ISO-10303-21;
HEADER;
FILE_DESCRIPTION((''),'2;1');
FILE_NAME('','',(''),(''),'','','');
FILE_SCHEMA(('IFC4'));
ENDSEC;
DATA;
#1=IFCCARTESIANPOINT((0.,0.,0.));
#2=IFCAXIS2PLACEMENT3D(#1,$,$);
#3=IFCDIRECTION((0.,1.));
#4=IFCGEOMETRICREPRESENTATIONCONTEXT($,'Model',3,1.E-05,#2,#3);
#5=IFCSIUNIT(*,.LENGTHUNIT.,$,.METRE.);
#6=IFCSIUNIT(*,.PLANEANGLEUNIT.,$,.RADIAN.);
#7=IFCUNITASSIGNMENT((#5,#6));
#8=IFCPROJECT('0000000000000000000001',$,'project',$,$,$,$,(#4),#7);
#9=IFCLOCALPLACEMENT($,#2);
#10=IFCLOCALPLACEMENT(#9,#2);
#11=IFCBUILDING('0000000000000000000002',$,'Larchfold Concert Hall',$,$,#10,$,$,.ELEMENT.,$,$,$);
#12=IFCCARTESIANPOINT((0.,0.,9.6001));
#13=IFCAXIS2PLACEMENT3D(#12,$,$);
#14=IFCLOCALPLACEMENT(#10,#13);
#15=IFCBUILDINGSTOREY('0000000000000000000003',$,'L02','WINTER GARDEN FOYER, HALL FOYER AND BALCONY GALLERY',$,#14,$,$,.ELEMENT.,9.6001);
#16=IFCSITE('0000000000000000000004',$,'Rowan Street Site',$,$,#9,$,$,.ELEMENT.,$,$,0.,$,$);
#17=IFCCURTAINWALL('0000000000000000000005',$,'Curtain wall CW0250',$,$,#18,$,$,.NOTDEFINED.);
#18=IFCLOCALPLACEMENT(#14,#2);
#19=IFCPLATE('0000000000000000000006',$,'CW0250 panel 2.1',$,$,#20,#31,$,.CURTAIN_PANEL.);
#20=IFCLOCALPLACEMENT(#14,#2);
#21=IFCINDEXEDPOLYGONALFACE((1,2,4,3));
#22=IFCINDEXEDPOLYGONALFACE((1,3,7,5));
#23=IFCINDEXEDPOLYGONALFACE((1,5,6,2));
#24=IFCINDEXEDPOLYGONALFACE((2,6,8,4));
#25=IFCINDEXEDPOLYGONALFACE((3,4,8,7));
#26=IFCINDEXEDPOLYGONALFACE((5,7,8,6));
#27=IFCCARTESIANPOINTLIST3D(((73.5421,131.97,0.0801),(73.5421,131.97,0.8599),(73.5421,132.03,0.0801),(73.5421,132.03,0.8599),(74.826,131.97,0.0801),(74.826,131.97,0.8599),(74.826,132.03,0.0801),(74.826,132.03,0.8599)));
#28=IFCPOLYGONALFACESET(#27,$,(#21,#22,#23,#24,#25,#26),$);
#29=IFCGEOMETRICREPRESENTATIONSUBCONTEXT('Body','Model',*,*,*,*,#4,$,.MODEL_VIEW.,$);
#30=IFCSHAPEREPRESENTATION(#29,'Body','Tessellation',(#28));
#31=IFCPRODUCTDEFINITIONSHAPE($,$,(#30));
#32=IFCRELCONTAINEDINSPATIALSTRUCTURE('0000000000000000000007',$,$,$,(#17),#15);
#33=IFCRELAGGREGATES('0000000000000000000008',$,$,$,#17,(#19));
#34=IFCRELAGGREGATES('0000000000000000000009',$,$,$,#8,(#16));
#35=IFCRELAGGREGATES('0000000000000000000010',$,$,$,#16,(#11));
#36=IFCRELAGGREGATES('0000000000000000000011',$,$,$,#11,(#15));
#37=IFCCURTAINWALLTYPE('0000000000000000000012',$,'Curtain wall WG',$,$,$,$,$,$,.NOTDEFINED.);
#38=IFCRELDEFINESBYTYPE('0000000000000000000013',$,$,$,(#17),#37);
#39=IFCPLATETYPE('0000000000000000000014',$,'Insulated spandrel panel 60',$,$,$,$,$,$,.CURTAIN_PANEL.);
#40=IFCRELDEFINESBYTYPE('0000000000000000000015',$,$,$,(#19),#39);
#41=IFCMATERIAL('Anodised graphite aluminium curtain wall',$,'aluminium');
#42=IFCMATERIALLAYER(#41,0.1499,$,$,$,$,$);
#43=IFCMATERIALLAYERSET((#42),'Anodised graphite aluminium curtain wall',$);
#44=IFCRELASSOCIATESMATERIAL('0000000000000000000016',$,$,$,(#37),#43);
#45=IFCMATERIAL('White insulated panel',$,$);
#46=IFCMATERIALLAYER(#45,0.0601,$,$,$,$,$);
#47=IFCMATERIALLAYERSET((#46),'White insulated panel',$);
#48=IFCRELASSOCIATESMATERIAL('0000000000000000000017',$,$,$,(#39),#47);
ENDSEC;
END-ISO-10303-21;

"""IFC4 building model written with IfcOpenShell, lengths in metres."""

from ifc_helpers import new_model, si_unit, direction, frame, origin, origin_2d, place, context, subcontext, project, spatial, rectangle, extrude, material, layer, layer_set, type_object, element, aggregate, save


model = new_model("IFC4")

# Units and contexts
model_context = context("Model", 3, precision=1e-05, world=origin(), true_north=direction((0.0, 1.0)))
body_context = subcontext(model_context, "Body", "Model", "MODEL_VIEW")
ifc_project = project(units=[si_unit("LENGTHUNIT", "METRE"), si_unit("PLANEANGLEUNIT", "RADIAN")], contexts=[model_context])

# Site, building, storey
site_placement = place(None, origin())
site = spatial("IfcSite", under=ifc_project, at=site_placement, Name="Rowan Street Site", CompositionType="ELEMENT", RefElevation=0.0)
building_placement = place(site_placement, origin())
building = spatial("IfcBuilding", under=site, at=building_placement, Name="Larchfold Concert Hall", CompositionType="ELEMENT")
storey_placement = place(building_placement, frame((0.0, 0.0, 9.6001)))
storey = spatial("IfcBuildingStorey", under=building, at=storey_placement, Name="L02", Description="WINTER GARDEN FOYER, HALL FOYER AND BALCONY GALLERY", CompositionType="ELEMENT", Elevation=9.6001)

# Shared definitions
ifc_material_1 = material(Name="Anodised graphite aluminium curtain wall", Category="aluminium")
ifc_layer_1 = layer(ifc_material_1, 0.1499)
ifc_layer_set_1 = layer_set([ifc_layer_1], Name="Anodised graphite aluminium curtain wall")
curtain_wall_type = type_object("IfcCurtainWallType", Name="Curtain wall WG", PredefinedType="NOTDEFINED", material=ifc_layer_set_1)

# Curtain wall
curtain_wall_1_placement = place(storey_placement, origin())
curtain_wall_1 = element("IfcCurtainWall", 1, at=curtain_wall_1_placement, inside=storey, type_object=curtain_wall_type, Name="Curtain wall CW0250", PredefinedType="NOTDEFINED")

# Plate
ifc_material_2 = material(Name="White insulated panel")
ifc_layer_2 = layer(ifc_material_2, 0.0601)
ifc_layer_set_2 = layer_set([ifc_layer_2], Name="White insulated panel")
plate_type_1 = type_object("IfcPlateType", Name="Insulated spandrel panel 60", PredefinedType="CURTAIN_PANEL", material=ifc_layer_set_2)
plate_1_placement = place(storey_placement, frame((74.1841, 132.0, 0.0801), z_axis=(0.0, 0.0, 1.0), x_axis=(-1.0, 0.0, 0.0)))
plate_1 = element("IfcPlate", 2, at=plate_1_placement, type_object=plate_type_1, Name="CW0250 panel 2.1", PredefinedType="CURTAIN_PANEL", context=body_context, shape_type="SweptSolid", body=[
    extrude(rectangle(XDim=1.2839, YDim=0.0601, at=origin_2d()), origin(), (0.0, 0.0, 1.0), 0.7798),
])
aggregate(curtain_wall_1, [plate_1])

save(model, "model.ifc")
